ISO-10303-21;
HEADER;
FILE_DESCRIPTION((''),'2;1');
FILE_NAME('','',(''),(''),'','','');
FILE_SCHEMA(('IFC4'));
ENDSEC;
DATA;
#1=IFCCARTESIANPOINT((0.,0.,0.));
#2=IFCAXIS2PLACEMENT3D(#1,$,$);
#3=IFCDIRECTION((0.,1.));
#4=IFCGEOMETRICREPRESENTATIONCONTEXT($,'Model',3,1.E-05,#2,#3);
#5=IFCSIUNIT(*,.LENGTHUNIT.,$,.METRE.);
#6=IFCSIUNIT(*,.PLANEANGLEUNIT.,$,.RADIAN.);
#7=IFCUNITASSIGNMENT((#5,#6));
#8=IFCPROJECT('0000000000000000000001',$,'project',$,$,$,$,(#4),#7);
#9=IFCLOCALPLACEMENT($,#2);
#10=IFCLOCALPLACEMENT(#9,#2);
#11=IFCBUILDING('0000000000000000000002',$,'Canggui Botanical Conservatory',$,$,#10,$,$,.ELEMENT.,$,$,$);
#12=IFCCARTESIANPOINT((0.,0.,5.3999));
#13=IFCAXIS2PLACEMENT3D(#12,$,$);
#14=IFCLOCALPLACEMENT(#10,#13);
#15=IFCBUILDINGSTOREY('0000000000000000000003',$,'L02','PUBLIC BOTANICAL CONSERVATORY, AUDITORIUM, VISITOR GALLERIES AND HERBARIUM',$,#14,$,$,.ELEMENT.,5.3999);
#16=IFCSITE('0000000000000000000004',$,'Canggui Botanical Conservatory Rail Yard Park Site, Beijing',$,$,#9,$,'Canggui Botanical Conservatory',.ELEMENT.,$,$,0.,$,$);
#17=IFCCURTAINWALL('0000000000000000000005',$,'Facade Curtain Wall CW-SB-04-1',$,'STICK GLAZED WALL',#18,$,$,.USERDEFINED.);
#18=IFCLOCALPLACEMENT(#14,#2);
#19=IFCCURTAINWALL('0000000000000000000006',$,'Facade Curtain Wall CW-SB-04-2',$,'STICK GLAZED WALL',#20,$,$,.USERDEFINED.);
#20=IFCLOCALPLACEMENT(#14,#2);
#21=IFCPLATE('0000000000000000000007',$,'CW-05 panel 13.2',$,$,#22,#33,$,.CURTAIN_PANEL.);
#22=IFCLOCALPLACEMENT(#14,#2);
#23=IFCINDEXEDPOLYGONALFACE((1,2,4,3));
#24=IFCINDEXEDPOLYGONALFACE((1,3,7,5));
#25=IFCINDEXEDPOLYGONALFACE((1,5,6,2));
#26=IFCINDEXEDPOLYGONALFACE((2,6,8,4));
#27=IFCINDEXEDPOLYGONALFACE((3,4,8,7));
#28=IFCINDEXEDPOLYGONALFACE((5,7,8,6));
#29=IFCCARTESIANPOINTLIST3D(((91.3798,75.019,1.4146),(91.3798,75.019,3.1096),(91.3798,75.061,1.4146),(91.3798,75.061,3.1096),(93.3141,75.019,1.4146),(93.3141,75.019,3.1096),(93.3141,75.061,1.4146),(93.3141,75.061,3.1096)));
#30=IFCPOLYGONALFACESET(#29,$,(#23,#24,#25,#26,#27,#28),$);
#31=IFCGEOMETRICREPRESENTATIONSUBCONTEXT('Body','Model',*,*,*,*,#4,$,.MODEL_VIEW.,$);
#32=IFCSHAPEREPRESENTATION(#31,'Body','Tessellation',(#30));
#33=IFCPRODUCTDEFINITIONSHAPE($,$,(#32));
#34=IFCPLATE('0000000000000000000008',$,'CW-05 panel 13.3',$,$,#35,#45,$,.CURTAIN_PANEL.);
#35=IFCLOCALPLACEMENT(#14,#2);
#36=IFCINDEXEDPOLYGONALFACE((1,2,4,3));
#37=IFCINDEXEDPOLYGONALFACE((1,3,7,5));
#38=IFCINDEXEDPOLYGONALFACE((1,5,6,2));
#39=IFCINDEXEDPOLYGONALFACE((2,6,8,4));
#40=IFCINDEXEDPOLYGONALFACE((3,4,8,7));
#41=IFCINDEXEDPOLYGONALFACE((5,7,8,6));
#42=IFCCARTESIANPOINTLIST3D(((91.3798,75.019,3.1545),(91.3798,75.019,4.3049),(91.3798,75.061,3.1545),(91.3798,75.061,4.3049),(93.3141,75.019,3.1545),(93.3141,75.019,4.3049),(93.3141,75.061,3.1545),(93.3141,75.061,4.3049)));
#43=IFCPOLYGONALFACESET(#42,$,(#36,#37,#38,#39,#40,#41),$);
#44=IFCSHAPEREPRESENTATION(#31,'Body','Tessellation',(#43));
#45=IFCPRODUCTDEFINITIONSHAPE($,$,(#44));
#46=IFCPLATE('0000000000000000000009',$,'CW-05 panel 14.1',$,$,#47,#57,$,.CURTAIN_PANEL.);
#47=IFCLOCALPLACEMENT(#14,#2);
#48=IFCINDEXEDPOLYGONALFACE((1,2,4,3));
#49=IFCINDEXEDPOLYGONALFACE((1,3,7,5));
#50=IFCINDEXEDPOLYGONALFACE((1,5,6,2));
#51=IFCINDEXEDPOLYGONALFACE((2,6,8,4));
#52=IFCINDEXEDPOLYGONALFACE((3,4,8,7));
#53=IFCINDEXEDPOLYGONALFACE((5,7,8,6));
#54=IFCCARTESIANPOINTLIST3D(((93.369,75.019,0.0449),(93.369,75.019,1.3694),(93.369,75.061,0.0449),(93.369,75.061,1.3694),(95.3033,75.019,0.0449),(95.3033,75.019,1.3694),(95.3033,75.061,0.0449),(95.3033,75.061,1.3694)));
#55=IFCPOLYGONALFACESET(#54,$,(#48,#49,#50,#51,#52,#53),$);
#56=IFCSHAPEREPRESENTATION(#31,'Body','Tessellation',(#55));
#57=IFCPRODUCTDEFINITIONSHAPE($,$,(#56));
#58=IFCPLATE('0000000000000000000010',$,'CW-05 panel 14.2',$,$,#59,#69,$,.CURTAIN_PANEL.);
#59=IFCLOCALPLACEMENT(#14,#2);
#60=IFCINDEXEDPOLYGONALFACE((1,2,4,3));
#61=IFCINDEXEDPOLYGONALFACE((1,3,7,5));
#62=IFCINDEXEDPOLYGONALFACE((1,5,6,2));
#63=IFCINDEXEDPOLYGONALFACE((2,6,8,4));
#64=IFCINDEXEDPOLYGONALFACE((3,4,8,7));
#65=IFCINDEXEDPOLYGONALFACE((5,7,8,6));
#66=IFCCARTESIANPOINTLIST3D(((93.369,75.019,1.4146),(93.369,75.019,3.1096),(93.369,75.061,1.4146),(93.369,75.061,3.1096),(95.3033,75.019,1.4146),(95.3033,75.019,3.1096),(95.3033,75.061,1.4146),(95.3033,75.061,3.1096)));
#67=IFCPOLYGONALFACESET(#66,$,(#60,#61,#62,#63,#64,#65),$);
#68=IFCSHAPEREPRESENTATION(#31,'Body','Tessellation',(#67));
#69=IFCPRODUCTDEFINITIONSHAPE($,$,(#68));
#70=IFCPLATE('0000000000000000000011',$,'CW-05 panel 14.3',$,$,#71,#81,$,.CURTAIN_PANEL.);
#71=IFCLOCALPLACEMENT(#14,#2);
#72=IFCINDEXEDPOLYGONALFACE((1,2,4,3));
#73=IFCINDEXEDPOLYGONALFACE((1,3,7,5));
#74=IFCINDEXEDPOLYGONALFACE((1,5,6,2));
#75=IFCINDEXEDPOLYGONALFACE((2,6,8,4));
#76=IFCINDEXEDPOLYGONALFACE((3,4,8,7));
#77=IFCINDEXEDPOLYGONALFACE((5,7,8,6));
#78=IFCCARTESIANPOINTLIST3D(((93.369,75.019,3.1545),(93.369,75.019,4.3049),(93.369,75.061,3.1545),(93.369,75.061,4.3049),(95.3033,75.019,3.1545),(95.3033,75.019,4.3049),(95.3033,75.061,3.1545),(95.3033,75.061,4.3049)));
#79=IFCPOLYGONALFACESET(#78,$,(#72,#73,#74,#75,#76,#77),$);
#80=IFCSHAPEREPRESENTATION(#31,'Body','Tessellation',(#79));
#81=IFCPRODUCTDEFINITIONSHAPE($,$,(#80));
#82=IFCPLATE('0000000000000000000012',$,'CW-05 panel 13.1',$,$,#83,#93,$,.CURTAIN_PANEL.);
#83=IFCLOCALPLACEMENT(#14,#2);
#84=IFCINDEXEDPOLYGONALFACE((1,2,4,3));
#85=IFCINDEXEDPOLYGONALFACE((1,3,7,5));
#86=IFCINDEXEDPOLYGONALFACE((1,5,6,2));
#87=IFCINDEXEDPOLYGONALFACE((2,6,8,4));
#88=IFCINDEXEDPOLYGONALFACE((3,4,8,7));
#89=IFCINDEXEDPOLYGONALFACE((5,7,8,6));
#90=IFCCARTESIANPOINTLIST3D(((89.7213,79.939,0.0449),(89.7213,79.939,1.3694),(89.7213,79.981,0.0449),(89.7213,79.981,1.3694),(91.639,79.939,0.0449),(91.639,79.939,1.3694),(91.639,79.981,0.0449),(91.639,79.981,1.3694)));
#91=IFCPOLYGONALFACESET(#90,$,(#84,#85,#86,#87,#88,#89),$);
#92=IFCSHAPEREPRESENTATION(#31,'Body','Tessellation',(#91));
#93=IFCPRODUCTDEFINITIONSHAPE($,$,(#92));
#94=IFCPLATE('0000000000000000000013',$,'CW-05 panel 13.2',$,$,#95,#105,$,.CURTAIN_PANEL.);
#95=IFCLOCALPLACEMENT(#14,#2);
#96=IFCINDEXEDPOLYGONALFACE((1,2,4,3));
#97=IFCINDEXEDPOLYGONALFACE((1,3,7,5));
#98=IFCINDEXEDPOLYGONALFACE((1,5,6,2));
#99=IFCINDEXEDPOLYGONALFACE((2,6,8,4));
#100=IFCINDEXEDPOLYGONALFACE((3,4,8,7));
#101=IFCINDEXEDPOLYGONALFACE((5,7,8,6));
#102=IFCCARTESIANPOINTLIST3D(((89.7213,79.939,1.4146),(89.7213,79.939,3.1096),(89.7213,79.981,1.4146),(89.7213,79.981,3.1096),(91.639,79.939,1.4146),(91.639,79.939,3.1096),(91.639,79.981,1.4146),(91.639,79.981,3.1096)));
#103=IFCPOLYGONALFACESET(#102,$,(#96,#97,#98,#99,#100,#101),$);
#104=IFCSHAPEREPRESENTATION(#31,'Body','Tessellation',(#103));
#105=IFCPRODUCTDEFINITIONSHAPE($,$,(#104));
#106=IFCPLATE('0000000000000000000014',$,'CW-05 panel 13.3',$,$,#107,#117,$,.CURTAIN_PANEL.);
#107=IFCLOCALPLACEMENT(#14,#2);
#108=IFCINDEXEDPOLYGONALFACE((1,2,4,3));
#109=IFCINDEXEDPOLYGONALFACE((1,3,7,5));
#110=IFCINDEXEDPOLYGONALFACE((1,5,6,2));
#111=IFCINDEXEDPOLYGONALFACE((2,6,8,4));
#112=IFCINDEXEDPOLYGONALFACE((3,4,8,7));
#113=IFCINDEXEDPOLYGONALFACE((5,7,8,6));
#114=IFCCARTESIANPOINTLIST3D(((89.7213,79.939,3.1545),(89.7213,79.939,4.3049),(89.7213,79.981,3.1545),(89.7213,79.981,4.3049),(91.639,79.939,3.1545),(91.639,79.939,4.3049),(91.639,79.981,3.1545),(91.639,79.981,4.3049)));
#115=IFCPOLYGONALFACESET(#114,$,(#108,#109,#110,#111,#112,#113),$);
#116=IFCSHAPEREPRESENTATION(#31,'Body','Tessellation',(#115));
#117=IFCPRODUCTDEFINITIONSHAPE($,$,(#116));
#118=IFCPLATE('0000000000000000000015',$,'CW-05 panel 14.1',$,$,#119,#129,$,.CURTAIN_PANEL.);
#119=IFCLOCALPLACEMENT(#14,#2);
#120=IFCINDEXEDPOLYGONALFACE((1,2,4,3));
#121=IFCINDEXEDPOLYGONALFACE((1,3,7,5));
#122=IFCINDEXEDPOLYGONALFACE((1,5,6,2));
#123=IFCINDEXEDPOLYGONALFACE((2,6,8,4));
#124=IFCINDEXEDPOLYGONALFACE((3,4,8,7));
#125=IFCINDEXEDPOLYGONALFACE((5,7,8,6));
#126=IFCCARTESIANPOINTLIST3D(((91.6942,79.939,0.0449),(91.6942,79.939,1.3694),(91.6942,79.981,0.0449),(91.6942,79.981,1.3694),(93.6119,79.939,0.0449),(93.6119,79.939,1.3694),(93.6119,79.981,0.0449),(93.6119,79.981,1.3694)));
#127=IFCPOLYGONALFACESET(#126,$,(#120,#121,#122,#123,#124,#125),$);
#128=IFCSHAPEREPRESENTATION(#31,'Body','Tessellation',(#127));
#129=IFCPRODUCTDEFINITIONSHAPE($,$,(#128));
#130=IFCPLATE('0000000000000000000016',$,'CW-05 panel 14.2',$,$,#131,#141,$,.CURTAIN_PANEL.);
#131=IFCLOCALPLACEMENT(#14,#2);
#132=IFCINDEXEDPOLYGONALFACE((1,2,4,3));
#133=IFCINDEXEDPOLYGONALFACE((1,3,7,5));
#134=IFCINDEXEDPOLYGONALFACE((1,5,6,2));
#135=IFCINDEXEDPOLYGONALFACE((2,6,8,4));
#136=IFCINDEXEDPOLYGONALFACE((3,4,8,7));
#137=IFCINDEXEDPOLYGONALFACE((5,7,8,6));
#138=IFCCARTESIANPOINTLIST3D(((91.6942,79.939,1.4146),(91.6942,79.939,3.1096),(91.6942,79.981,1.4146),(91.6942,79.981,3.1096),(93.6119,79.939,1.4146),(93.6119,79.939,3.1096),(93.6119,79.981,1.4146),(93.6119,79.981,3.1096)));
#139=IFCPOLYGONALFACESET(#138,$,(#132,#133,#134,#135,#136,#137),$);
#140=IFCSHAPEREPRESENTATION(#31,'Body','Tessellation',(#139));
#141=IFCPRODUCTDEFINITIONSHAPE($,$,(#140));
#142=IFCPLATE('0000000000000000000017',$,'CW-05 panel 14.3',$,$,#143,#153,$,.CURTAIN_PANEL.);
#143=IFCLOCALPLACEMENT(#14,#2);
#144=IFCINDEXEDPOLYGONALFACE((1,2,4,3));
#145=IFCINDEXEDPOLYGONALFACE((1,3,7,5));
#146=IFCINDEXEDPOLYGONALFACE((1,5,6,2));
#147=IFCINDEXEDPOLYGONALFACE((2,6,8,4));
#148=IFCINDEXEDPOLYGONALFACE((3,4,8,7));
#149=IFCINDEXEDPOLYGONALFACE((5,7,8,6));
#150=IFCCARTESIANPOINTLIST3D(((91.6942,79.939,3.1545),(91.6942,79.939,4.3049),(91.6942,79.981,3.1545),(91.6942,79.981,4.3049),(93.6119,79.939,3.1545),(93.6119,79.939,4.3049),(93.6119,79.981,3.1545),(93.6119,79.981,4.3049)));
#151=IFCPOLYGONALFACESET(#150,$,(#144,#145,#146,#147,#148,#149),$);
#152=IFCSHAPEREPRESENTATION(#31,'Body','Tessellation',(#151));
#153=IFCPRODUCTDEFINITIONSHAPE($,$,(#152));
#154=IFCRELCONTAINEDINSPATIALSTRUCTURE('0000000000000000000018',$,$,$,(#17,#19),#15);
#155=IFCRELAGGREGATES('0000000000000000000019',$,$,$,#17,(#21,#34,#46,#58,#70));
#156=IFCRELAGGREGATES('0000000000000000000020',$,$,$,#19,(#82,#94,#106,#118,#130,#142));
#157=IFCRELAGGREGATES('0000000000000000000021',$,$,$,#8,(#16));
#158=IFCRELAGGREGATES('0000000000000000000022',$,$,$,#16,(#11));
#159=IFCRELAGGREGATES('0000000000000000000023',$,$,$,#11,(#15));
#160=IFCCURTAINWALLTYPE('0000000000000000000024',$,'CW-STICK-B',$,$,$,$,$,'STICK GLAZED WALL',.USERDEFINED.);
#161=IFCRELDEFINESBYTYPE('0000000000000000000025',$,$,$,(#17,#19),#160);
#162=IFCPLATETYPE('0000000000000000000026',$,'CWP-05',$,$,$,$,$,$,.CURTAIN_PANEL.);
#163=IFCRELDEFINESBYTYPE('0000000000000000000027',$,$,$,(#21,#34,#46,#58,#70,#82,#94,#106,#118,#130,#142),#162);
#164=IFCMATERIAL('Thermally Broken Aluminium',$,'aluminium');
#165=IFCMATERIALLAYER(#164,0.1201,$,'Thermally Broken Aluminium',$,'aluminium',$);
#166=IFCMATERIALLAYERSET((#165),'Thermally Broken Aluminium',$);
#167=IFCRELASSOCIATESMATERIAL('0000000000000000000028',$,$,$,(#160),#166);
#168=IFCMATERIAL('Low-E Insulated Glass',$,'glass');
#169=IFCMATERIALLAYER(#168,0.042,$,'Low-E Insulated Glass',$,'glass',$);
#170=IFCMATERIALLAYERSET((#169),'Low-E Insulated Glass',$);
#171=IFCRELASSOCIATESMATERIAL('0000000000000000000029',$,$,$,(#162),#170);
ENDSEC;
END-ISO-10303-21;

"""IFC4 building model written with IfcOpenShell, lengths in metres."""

from ifc_helpers import new_model, si_unit, direction, frame, origin, origin_2d, place, context, subcontext, project, spatial, rectangle, extrude, material, layer, layer_set, type_object, element, aggregate, save


model = new_model("IFC4")

# Units and contexts
model_context = context("Model", 3, precision=1e-05, world=origin(), true_north=direction((0.0, 1.0)))
body_context = subcontext(model_context, "Body", "Model", "MODEL_VIEW")
ifc_project = project(units=[si_unit("LENGTHUNIT", "METRE"), si_unit("PLANEANGLEUNIT", "RADIAN")], contexts=[model_context])

# Site, building, storey
site_placement = place(None, origin())
site = spatial("IfcSite", under=ifc_project, at=site_placement, Name="Canggui Botanical Conservatory Rail Yard Park Site, Beijing", LongName="Canggui Botanical Conservatory", CompositionType="ELEMENT", RefElevation=0.0)
building_placement = place(site_placement, origin())
building = spatial("IfcBuilding", under=site, at=building_placement, Name="Canggui Botanical Conservatory", CompositionType="ELEMENT")
storey_placement = place(building_placement, frame((0.0, 0.0, 5.3999)))
storey = spatial("IfcBuildingStorey", under=building, at=storey_placement, Name="L02", Description="PUBLIC BOTANICAL CONSERVATORY, AUDITORIUM, VISITOR GALLERIES AND HERBARIUM", CompositionType="ELEMENT", Elevation=5.3999)

# Curtain walls
ifc_material_1 = material(Name="Thermally Broken Aluminium", Category="aluminium")
ifc_layer_1 = layer(ifc_material_1, 0.1201, Name="Thermally Broken Aluminium", Category="aluminium")
ifc_layer_set_1 = layer_set([ifc_layer_1], Name="Thermally Broken Aluminium")
curtain_wall_type = type_object("IfcCurtainWallType", Name="CW-STICK-B", ElementType="STICK GLAZED WALL", PredefinedType="USERDEFINED", material=ifc_layer_set_1)
curtain_wall_1_placement = place(storey_placement, origin())
curtain_wall_1 = element("IfcCurtainWall", 1, at=curtain_wall_1_placement, inside=storey, type_object=curtain_wall_type, Name="Facade Curtain Wall CW-SB-04-1", ObjectType="STICK GLAZED WALL", PredefinedType="USERDEFINED")
curtain_wall_2_placement = place(storey_placement, origin())
curtain_wall_2 = element("IfcCurtainWall", 2, at=curtain_wall_2_placement, inside=storey, type_object=curtain_wall_type, Name="Facade Curtain Wall CW-SB-04-2", ObjectType="STICK GLAZED WALL", PredefinedType="USERDEFINED")

# Plates
ifc_material_2 = material(Name="Low-E Insulated Glass", Category="glass")
ifc_layer_2 = layer(ifc_material_2, 0.042, Name="Low-E Insulated Glass", Category="glass")
ifc_layer_set_2 = layer_set([ifc_layer_2], Name="Low-E Insulated Glass")
plate_type = type_object("IfcPlateType", Name="CWP-05", PredefinedType="CURTAIN_PANEL", material=ifc_layer_set_2)
plate_1_placement = place(storey_placement, frame((92.3469, 75.04, 1.4146), z_axis=(0.0, 0.0, 1.0), x_axis=(1.0, 0.0, 0.0)))
plate_1 = element("IfcPlate", 3, at=plate_1_placement, type_object=plate_type, Name="CW-05 panel 13.2", PredefinedType="CURTAIN_PANEL", context=body_context, shape_type="SweptSolid", body=[
    extrude(rectangle(XDim=1.9343, YDim=0.042, at=origin_2d()), origin(), (0.0, 0.0, 1.0), 1.6951),
])
plate_2_placement = place(storey_placement, frame((92.3469, 75.04, 3.1545), z_axis=(0.0, 0.0, 1.0), x_axis=(1.0, 0.0, 0.0)))
plate_2 = element("IfcPlate", 4, at=plate_2_placement, type_object=plate_type, Name="CW-05 panel 13.3", PredefinedType="CURTAIN_PANEL", context=body_context, shape_type="SweptSolid", body=[
    extrude(rectangle(XDim=1.9343, YDim=0.042, at=origin_2d()), origin(), (0.0, 0.0, 1.0), 1.1504),
])
plate_3_placement = place(storey_placement, frame((94.3362, 75.04, 0.0449), z_axis=(0.0, 0.0, 1.0), x_axis=(1.0, 0.0, 0.0)))
plate_3 = element("IfcPlate", 5, at=plate_3_placement, type_object=plate_type, Name="CW-05 panel 14.1", PredefinedType="CURTAIN_PANEL", context=body_context, shape_type="SweptSolid", body=[
    extrude(rectangle(XDim=1.9343, YDim=0.042, at=origin_2d()), origin(), (0.0, 0.0, 1.0), 1.3245),
])
plate_4_placement = place(storey_placement, frame((94.3362, 75.04, 1.4146), z_axis=(0.0, 0.0, 1.0), x_axis=(1.0, 0.0, 0.0)))
plate_4 = element("IfcPlate", 6, at=plate_4_placement, type_object=plate_type, Name="CW-05 panel 14.2", PredefinedType="CURTAIN_PANEL", context=body_context, shape_type="SweptSolid", body=[
    extrude(rectangle(XDim=1.9343, YDim=0.042, at=origin_2d()), origin(), (0.0, 0.0, 1.0), 1.6951),
])
plate_5_placement = place(storey_placement, frame((94.3362, 75.04, 3.1545), z_axis=(0.0, 0.0, 1.0), x_axis=(1.0, 0.0, 0.0)))
plate_5 = element("IfcPlate", 7, at=plate_5_placement, type_object=plate_type, Name="CW-05 panel 14.3", PredefinedType="CURTAIN_PANEL", context=body_context, shape_type="SweptSolid", body=[
    extrude(rectangle(XDim=1.9343, YDim=0.042, at=origin_2d()), origin(), (0.0, 0.0, 1.0), 1.1504),
])
aggregate(curtain_wall_1, [plate_1, plate_2, plate_3, plate_4, plate_5])
plate_6_placement = place(storey_placement, frame((90.6802, 79.96, 0.0449), z_axis=(0.0, 0.0, 1.0), x_axis=(1.0, 0.0, 0.0)))
plate_6 = element("IfcPlate", 8, at=plate_6_placement, type_object=plate_type, Name="CW-05 panel 13.1", PredefinedType="CURTAIN_PANEL", context=body_context, shape_type="SweptSolid", body=[
    extrude(rectangle(XDim=1.9177, YDim=0.042, at=origin_2d()), origin(), (0.0, 0.0, 1.0), 1.3245),
])
plate_7_placement = place(storey_placement, frame((90.6802, 79.96, 1.4146), z_axis=(0.0, 0.0, 1.0), x_axis=(1.0, 0.0, 0.0)))
plate_7 = element("IfcPlate", 9, at=plate_7_placement, type_object=plate_type, Name="CW-05 panel 13.2", PredefinedType="CURTAIN_PANEL", context=body_context, shape_type="SweptSolid", body=[
    extrude(rectangle(XDim=1.9177, YDim=0.042, at=origin_2d()), origin(), (0.0, 0.0, 1.0), 1.6951),
])
plate_8_placement = place(storey_placement, frame((90.6802, 79.96, 3.1545), z_axis=(0.0, 0.0, 1.0), x_axis=(1.0, 0.0, 0.0)))
plate_8 = element("IfcPlate", 10, at=plate_8_placement, type_object=plate_type, Name="CW-05 panel 13.3", PredefinedType="CURTAIN_PANEL", context=body_context, shape_type="SweptSolid", body=[
    extrude(rectangle(XDim=1.9177, YDim=0.042, at=origin_2d()), origin(), (0.0, 0.0, 1.0), 1.1504),
])
plate_9_placement = place(storey_placement, frame((92.6531, 79.96, 0.0449), z_axis=(0.0, 0.0, 1.0), x_axis=(1.0, 0.0, 0.0)))
plate_9 = element("IfcPlate", 11, at=plate_9_placement, type_object=plate_type, Name="CW-05 panel 14.1", PredefinedType="CURTAIN_PANEL", context=body_context, shape_type="SweptSolid", body=[
    extrude(rectangle(XDim=1.9177, YDim=0.042, at=origin_2d()), origin(), (0.0, 0.0, 1.0), 1.3245),
])
plate_10_placement = place(storey_placement, frame((92.6531, 79.96, 1.4146), z_axis=(0.0, 0.0, 1.0), x_axis=(1.0, 0.0, 0.0)))
plate_10 = element("IfcPlate", 12, at=plate_10_placement, type_object=plate_type, Name="CW-05 panel 14.2", PredefinedType="CURTAIN_PANEL", context=body_context, shape_type="SweptSolid", body=[
    extrude(rectangle(XDim=1.9177, YDim=0.042, at=origin_2d()), origin(), (0.0, 0.0, 1.0), 1.6951),
])
plate_11_placement = place(storey_placement, frame((92.6531, 79.96, 3.1545), z_axis=(0.0, 0.0, 1.0), x_axis=(1.0, 0.0, 0.0)))
plate_11 = element("IfcPlate", 13, at=plate_11_placement, type_object=plate_type, Name="CW-05 panel 14.3", PredefinedType="CURTAIN_PANEL", context=body_context, shape_type="SweptSolid", body=[
    extrude(rectangle(XDim=1.9177, YDim=0.042, at=origin_2d()), origin(), (0.0, 0.0, 1.0), 1.1504),
])
aggregate(curtain_wall_2, [plate_6, plate_7, plate_8, plate_9, plate_10, plate_11])

save(model, "model.ifc")
